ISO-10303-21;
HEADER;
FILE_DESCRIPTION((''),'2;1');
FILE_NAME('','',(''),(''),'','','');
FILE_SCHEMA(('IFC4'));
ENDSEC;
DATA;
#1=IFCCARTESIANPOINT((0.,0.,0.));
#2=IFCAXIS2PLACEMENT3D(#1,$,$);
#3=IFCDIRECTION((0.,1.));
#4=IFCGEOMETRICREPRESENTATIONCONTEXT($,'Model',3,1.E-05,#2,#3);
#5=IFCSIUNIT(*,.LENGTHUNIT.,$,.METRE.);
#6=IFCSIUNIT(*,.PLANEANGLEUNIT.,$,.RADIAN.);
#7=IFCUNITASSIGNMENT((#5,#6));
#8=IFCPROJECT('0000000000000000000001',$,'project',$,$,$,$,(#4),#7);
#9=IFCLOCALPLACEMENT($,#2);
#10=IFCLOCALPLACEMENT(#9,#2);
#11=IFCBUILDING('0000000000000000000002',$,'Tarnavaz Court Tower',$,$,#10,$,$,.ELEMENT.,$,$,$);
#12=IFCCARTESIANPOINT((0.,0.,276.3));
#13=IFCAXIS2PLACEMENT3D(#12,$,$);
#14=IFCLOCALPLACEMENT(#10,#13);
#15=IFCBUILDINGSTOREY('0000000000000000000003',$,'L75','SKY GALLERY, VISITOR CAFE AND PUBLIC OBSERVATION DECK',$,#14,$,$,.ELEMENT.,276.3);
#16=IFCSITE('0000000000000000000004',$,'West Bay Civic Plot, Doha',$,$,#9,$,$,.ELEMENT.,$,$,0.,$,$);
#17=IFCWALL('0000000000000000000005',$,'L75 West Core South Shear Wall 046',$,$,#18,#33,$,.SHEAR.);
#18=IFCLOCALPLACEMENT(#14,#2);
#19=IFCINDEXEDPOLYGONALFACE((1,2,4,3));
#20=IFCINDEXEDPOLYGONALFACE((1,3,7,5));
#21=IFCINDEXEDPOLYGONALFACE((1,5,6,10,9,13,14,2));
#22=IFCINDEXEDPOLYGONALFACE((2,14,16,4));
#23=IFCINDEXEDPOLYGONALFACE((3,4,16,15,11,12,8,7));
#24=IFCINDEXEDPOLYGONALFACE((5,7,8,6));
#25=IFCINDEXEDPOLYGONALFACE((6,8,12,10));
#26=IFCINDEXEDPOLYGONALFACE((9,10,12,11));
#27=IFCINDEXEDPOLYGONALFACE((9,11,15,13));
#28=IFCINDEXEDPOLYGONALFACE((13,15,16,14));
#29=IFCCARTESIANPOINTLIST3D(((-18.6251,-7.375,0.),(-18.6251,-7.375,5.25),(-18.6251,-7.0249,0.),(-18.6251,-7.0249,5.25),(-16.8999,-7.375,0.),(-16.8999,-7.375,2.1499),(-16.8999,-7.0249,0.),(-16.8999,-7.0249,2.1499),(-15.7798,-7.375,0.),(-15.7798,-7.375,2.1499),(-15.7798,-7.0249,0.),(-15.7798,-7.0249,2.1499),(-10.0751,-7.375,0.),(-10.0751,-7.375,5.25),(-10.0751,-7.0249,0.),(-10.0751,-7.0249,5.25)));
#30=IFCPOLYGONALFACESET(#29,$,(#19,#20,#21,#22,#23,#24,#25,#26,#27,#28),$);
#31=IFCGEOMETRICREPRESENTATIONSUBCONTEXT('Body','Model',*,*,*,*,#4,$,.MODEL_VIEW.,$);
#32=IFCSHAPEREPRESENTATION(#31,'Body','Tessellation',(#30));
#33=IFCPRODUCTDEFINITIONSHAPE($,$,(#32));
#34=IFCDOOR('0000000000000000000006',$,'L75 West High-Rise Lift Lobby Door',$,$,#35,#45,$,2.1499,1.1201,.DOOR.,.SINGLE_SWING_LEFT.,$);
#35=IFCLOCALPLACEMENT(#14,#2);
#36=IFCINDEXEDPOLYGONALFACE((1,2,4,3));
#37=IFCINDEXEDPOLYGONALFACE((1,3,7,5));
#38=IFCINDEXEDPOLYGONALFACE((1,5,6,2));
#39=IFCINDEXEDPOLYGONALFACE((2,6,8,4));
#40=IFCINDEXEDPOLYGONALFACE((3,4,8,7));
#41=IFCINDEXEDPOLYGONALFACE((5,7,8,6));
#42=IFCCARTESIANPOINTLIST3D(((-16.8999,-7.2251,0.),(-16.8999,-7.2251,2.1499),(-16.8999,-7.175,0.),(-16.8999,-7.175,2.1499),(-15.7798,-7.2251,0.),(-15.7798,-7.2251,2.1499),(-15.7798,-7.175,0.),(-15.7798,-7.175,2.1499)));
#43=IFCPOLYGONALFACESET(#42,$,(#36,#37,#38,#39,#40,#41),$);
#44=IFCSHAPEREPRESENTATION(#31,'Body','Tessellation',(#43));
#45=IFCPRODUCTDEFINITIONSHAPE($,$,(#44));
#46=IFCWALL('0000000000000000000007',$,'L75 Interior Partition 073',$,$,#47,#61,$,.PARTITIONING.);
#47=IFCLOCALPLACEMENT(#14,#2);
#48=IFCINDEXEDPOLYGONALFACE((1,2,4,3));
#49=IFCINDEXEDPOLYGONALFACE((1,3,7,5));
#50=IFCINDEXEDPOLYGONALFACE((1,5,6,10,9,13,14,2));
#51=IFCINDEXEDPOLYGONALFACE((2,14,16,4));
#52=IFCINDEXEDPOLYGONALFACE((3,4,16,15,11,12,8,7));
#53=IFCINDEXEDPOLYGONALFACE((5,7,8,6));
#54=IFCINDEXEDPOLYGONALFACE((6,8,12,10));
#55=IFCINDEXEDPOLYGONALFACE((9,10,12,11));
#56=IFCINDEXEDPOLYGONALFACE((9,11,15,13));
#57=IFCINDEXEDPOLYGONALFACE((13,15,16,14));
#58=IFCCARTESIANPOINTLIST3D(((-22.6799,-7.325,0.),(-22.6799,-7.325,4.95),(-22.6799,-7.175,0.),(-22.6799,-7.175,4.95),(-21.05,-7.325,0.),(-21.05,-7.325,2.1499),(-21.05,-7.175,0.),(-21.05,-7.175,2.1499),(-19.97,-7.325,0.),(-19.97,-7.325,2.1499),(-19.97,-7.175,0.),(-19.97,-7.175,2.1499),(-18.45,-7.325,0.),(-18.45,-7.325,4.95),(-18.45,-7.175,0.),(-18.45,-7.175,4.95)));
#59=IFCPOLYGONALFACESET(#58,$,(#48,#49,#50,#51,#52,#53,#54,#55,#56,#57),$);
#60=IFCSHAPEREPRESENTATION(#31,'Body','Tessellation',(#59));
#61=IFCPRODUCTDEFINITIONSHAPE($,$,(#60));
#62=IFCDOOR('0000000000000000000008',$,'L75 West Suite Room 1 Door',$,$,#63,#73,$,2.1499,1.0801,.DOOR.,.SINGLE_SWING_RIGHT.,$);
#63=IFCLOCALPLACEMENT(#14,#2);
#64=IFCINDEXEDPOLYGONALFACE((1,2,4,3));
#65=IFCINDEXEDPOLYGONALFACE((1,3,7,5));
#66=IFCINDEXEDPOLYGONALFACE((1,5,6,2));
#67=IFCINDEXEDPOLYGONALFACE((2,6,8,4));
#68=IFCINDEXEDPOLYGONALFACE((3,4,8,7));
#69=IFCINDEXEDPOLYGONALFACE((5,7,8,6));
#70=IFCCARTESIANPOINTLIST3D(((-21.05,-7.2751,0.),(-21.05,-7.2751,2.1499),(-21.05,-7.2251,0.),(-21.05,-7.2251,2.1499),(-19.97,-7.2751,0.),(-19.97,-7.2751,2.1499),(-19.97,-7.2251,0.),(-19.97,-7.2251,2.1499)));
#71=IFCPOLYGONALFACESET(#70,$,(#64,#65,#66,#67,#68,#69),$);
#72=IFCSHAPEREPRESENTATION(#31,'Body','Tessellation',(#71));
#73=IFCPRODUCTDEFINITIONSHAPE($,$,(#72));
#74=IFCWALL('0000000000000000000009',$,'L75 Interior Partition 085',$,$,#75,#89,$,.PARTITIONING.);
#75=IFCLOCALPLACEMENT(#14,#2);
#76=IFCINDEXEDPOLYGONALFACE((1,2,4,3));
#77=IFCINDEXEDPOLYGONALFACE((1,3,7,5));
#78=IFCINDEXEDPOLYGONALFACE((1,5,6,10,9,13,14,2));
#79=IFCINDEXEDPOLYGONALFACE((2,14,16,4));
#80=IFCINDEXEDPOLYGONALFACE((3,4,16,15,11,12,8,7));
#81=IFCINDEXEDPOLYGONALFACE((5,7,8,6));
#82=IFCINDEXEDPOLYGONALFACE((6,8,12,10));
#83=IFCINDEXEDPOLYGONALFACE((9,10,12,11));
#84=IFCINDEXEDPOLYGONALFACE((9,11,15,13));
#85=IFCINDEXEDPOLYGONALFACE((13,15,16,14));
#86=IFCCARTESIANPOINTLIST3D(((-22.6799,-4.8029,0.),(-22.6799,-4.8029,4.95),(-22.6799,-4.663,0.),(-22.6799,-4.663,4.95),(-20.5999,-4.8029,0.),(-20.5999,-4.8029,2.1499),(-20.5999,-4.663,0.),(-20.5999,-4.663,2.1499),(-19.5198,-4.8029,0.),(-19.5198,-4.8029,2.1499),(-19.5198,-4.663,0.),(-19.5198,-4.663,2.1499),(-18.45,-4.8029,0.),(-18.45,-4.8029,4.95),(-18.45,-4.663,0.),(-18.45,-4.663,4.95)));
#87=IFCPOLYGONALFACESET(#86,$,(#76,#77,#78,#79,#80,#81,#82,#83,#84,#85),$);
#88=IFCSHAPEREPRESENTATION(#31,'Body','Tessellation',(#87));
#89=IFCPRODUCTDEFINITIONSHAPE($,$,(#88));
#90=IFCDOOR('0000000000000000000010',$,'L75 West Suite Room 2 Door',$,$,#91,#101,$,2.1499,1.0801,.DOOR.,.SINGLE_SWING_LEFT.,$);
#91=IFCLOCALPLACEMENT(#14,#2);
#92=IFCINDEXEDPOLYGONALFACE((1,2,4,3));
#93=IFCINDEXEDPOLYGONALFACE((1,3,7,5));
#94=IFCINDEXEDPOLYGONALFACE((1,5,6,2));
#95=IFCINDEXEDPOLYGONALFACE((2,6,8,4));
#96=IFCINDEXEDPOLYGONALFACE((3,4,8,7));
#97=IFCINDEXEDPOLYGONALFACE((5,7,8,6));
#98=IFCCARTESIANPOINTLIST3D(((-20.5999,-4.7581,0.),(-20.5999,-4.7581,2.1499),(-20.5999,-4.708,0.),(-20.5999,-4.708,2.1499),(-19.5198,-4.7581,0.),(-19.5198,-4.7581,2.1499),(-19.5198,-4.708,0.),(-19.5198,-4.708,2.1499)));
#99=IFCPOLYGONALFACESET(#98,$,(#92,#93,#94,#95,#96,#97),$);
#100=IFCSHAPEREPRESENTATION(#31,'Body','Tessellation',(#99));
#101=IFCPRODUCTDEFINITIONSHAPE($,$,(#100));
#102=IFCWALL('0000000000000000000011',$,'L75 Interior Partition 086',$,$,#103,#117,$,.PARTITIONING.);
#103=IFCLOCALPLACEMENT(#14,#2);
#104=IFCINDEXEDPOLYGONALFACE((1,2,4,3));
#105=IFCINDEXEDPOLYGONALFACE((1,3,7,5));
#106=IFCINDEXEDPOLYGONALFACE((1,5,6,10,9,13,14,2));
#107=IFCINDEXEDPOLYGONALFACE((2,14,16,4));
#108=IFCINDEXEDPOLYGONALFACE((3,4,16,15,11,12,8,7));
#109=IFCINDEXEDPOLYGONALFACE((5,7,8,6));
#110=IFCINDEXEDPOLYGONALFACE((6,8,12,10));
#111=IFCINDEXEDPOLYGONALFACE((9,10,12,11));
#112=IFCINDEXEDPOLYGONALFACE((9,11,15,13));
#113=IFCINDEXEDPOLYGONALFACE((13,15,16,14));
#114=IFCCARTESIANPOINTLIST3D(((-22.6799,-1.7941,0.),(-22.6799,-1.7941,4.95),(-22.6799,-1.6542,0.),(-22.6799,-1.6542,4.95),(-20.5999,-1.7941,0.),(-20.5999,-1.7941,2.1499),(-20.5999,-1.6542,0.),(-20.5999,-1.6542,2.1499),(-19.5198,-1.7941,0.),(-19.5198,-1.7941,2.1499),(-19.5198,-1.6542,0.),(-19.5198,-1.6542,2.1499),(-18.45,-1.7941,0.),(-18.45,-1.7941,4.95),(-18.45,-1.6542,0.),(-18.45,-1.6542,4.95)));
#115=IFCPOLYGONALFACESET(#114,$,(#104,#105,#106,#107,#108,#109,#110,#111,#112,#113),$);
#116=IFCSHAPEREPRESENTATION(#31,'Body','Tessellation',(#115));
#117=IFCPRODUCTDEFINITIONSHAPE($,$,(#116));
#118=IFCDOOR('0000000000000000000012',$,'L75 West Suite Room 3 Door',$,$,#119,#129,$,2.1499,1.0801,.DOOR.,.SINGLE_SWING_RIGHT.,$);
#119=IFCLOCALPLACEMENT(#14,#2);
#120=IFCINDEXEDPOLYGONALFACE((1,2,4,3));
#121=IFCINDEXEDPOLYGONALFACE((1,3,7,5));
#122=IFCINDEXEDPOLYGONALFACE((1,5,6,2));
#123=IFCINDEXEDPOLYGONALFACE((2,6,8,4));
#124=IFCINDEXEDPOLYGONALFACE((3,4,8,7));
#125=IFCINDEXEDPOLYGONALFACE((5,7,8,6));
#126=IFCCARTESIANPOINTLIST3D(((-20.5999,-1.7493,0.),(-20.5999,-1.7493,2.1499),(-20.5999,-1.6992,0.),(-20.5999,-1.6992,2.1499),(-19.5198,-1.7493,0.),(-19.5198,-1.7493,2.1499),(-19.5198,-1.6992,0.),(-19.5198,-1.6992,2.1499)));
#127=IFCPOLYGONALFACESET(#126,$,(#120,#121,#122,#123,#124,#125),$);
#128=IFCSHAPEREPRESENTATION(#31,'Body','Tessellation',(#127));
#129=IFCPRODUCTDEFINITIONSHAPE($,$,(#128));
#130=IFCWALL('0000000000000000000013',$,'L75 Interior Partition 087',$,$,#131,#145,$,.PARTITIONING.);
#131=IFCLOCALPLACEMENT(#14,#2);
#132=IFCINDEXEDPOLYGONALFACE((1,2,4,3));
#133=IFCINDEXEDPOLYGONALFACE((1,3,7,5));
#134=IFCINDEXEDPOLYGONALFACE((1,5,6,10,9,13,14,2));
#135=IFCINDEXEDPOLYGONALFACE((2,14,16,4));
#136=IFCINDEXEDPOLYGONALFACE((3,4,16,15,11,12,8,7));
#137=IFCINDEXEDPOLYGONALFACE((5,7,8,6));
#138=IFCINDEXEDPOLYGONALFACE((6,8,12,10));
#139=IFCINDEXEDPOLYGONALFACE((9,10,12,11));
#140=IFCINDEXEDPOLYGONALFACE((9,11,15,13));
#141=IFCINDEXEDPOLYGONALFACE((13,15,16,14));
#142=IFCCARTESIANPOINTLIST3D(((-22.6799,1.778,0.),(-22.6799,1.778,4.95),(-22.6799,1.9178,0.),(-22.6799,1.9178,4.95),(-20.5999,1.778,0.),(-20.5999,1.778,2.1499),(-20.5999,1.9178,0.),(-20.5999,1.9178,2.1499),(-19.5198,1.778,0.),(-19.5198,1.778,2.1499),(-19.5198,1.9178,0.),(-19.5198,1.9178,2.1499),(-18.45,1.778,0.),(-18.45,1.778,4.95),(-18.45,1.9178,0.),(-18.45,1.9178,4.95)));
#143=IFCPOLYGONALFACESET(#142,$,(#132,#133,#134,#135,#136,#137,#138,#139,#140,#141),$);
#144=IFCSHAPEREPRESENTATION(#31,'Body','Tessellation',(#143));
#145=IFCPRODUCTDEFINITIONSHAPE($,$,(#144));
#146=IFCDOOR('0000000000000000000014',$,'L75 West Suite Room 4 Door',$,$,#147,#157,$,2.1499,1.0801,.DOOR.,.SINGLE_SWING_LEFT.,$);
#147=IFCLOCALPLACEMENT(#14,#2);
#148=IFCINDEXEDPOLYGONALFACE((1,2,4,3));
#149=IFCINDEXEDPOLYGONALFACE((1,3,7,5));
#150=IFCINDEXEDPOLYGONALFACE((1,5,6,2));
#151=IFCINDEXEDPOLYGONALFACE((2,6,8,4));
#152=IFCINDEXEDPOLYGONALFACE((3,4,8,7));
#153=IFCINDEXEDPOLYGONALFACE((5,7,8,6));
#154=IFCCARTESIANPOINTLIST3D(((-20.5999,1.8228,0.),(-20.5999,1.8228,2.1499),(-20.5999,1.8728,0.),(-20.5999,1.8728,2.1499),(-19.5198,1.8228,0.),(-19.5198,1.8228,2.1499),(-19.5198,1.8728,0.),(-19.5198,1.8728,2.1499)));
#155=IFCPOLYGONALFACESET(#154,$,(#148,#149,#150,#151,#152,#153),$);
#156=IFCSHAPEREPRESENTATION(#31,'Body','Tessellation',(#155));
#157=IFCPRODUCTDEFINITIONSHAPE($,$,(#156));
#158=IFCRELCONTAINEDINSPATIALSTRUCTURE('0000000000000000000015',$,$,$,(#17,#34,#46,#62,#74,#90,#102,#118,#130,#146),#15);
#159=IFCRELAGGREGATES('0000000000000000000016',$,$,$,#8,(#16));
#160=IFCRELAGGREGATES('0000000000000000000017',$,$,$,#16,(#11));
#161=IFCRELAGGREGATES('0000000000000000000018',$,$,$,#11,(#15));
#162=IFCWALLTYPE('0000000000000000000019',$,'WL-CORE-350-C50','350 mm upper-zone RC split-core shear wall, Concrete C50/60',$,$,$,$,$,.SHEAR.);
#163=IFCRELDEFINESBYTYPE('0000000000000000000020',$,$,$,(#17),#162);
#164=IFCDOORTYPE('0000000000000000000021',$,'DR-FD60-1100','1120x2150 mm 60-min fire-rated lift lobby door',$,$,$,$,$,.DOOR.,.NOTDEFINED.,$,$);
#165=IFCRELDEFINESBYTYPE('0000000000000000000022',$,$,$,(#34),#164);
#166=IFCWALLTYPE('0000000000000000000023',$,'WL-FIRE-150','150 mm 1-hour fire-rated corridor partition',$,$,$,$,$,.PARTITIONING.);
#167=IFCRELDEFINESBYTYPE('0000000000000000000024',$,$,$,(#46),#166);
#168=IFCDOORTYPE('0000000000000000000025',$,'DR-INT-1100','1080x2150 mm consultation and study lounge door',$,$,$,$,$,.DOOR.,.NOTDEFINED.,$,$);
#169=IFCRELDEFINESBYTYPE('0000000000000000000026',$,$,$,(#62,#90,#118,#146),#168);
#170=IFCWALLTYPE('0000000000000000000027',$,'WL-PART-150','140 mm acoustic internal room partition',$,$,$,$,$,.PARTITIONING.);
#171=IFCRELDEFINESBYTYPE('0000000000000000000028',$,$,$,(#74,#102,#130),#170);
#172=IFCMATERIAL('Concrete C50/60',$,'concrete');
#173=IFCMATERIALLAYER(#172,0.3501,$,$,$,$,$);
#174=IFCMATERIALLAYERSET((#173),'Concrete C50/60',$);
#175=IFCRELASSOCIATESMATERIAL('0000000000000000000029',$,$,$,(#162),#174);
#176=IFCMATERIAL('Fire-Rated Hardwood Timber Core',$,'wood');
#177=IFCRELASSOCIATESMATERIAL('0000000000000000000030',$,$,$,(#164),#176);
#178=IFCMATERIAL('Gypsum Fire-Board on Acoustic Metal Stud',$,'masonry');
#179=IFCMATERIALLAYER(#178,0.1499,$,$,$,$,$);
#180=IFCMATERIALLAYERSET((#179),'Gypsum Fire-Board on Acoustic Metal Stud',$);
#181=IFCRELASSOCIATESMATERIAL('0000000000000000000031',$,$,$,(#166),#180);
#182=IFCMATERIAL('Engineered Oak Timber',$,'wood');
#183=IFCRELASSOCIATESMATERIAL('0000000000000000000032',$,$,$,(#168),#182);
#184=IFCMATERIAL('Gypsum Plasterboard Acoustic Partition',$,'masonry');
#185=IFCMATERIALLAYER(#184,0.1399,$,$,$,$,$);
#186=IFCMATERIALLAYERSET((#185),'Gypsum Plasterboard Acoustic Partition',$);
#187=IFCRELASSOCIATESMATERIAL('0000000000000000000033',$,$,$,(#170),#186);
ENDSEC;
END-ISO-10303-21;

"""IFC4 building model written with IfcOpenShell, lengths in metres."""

from ifc_helpers import new_model, si_unit, direction, frame, frame_2d, origin, place, context, subcontext, project, spatial, rectangle, extrude, material, layer, layer_set, type_object, element, fill, save


model = new_model("IFC4")

# Units and contexts
model_context = context("Model", 3, precision=1e-05, world=origin(), true_north=direction((0.0, 1.0)))
body_context = subcontext(model_context, "Body", "Model", "MODEL_VIEW")
ifc_project = project(units=[si_unit("LENGTHUNIT", "METRE"), si_unit("PLANEANGLEUNIT", "RADIAN")], contexts=[model_context])

# Site, building, storey
site_placement = place(None, origin())
site = spatial("IfcSite", under=ifc_project, at=site_placement, Name="West Bay Civic Plot, Doha", CompositionType="ELEMENT", RefElevation=0.0)
building_placement = place(site_placement, origin())
building = spatial("IfcBuilding", under=site, at=building_placement, Name="Tarnavaz Court Tower", CompositionType="ELEMENT")
storey_placement = place(building_placement, frame((0.0, 0.0, 276.3)))
storey = spatial("IfcBuildingStorey", under=building, at=storey_placement, Name="L75", Description="SKY GALLERY, VISITOR CAFE AND PUBLIC OBSERVATION DECK", CompositionType="ELEMENT", Elevation=276.3)

# Shared definitions
ifc_material_1 = material(Name="Concrete C50/60", Category="concrete")

# Walls, openings, doors
ifc_layer_1 = layer(ifc_material_1, 0.3501)
ifc_layer_set_1 = layer_set([ifc_layer_1], Name="Concrete C50/60")
wall_type_1 = type_object("IfcWallType", Name="WL-CORE-350-C50", Description="350 mm upper-zone RC split-core shear wall, Concrete C50/60", PredefinedType="SHEAR", material=ifc_layer_set_1)
wall_1_placement = place(storey_placement, frame((-18.625, -7.2, 0.0), z_axis=(0.0, 0.0, 1.0), x_axis=(1.0, 0.0, 0.0)))
wall_1 = element("IfcWall", 1, at=wall_1_placement, inside=storey, type_object=wall_type_1, Name="L75 West Core South Shear Wall 046", PredefinedType="SHEAR", context=body_context, shape_type="SweptSolid", body=[
    extrude(rectangle(XDim=8.55, YDim=0.3501, at=frame_2d((4.2749, 0.0))), origin(), (0.0, 0.0, 1.0), 5.25),
])
opening_1_placement = place(wall_1_placement, frame((1.7251, 0.0, 0.0)))
opening_1 = element("IfcOpeningElement", 2, at=opening_1_placement, cuts=wall_1, PredefinedType="OPENING", context=body_context, shape_type="SweptSolid", body=[
    extrude(rectangle(XDim=1.1201, YDim=2.1499, at=frame_2d((0.5601, 1.075))), frame((0.0, 0.1851, 0.0), z_axis=(0.0, -1.0, 0.0), x_axis=(1.0, 0.0, 0.0)), (0.0, 0.0, 1.0), 0.3701),
])
ifc_material_2 = material(Name="Fire-Rated Hardwood Timber Core", Category="wood")
door_type_1 = type_object("IfcDoorType", Name="DR-FD60-1100", Description="1120x2150 mm 60-min fire-rated lift lobby door", OperationType="NOTDEFINED", PredefinedType="DOOR", material=ifc_material_2)
door_1_placement = place(opening_1_placement, origin())
door_1 = element("IfcDoor", 3, at=door_1_placement, inside=storey, type_object=door_type_1, Name="L75 West High-Rise Lift Lobby Door", OperationType="SINGLE_SWING_LEFT", OverallHeight=2.1499, OverallWidth=1.1201, PredefinedType="DOOR", context=body_context, shape_type="SweptSolid", body=[
    extrude(rectangle(XDim=1.1201, YDim=2.1499, at=frame_2d((0.5601, 1.075))), frame((0.0, 0.0249, 0.0), z_axis=(0.0, -1.0, 0.0), x_axis=(1.0, 0.0, 0.0)), (0.0, 0.0, 1.0), 0.05),
])
fill(opening_1, door_1)
ifc_material_3 = material(Name="Gypsum Fire-Board on Acoustic Metal Stud", Category="masonry")
ifc_layer_2 = layer(ifc_material_3, 0.1499)
ifc_layer_set_2 = layer_set([ifc_layer_2], Name="Gypsum Fire-Board on Acoustic Metal Stud")
wall_type_2 = type_object("IfcWallType", Name="WL-FIRE-150", Description="150 mm 1-hour fire-rated corridor partition", PredefinedType="PARTITIONING", material=ifc_layer_set_2)
wall_2_placement = place(storey_placement, frame((-22.6799, -7.25, 0.0), z_axis=(0.0, 0.0, 1.0), x_axis=(1.0, 0.0, 0.0)))
wall_2 = element("IfcWall", 4, at=wall_2_placement, inside=storey, type_object=wall_type_2, Name="L75 Interior Partition 073", PredefinedType="PARTITIONING", context=body_context, shape_type="SweptSolid", body=[
    extrude(rectangle(XDim=4.23, YDim=0.1499, at=frame_2d((2.115, 0.0))), origin(), (0.0, 0.0, 1.0), 4.95),
])
opening_2_placement = place(wall_2_placement, frame((1.6299, 0.0, 0.0)))
opening_2 = element("IfcOpeningElement", 5, at=opening_2_placement, cuts=wall_2, PredefinedType="OPENING", context=body_context, shape_type="SweptSolid", body=[
    extrude(rectangle(XDim=1.0801, YDim=2.1499, at=frame_2d((0.54, 1.075))), frame((0.0, 0.085, 0.0), z_axis=(0.0, -1.0, 0.0), x_axis=(1.0, 0.0, 0.0)), (0.0, 0.0, 1.0), 0.1699),
])
ifc_material_4 = material(Name="Engineered Oak Timber", Category="wood")
door_type_2 = type_object("IfcDoorType", Name="DR-INT-1100", Description="1080x2150 mm consultation and study lounge door", OperationType="NOTDEFINED", PredefinedType="DOOR", material=ifc_material_4)
door_2_placement = place(opening_2_placement, origin())
door_2 = element("IfcDoor", 6, at=door_2_placement, inside=storey, type_object=door_type_2, Name="L75 West Suite Room 1 Door", OperationType="SINGLE_SWING_RIGHT", OverallHeight=2.1499, OverallWidth=1.0801, PredefinedType="DOOR", context=body_context, shape_type="SweptSolid", body=[
    extrude(rectangle(XDim=1.0801, YDim=2.1499, at=frame_2d((0.54, 1.075))), frame((0.0, 0.0249, 0.0), z_axis=(0.0, -1.0, 0.0), x_axis=(1.0, 0.0, 0.0)), (0.0, 0.0, 1.0), 0.05),
])
fill(opening_2, door_2)
ifc_material_5 = material(Name="Gypsum Plasterboard Acoustic Partition", Category="masonry")
ifc_layer_3 = layer(ifc_material_5, 0.1399)
ifc_layer_set_3 = layer_set([ifc_layer_3], Name="Gypsum Plasterboard Acoustic Partition")
wall_type_3 = type_object("IfcWallType", Name="WL-PART-150", Description="140 mm acoustic internal room partition", PredefinedType="PARTITIONING", material=ifc_layer_set_3)
wall_3_placement = place(storey_placement, frame((-22.6799, -4.7329, 0.0), z_axis=(0.0, 0.0, 1.0), x_axis=(1.0, 0.0, 0.0)))
wall_3 = element("IfcWall", 7, at=wall_3_placement, inside=storey, type_object=wall_type_3, Name="L75 Interior Partition 085", PredefinedType="PARTITIONING", context=body_context, shape_type="SweptSolid", body=[
    extrude(rectangle(XDim=4.23, YDim=0.1399, at=frame_2d((2.115, 0.0))), origin(), (0.0, 0.0, 1.0), 4.95),
])
opening_3_placement = place(wall_3_placement, frame((2.0801, 0.0, 0.0)))
opening_3 = element("IfcOpeningElement", 8, at=opening_3_placement, cuts=wall_3, PredefinedType="OPENING", context=body_context, shape_type="SweptSolid", body=[
    extrude(rectangle(XDim=1.0801, YDim=2.1499, at=frame_2d((0.54, 1.075))), frame((0.0, 0.0798, 0.0), z_axis=(0.0, -1.0, 0.0), x_axis=(1.0, 0.0, 0.0)), (0.0, 0.0, 1.0), 0.1599),
])
door_3_placement = place(opening_3_placement, origin())
door_3 = element("IfcDoor", 9, at=door_3_placement, inside=storey, type_object=door_type_2, Name="L75 West Suite Room 2 Door", OperationType="SINGLE_SWING_LEFT", OverallHeight=2.1499, OverallWidth=1.0801, PredefinedType="DOOR", context=body_context, shape_type="SweptSolid", body=[
    extrude(rectangle(XDim=1.0801, YDim=2.1499, at=frame_2d((0.54, 1.075))), frame((0.0, 0.0249, 0.0), z_axis=(0.0, -1.0, 0.0), x_axis=(1.0, 0.0, 0.0)), (0.0, 0.0, 1.0), 0.05),
])
fill(opening_3, door_3)
wall_4_placement = place(storey_placement, frame((-22.6799, -1.7241, 0.0), z_axis=(0.0, 0.0, 1.0), x_axis=(1.0, 0.0, 0.0)))
wall_4 = element("IfcWall", 10, at=wall_4_placement, inside=storey, type_object=wall_type_3, Name="L75 Interior Partition 086", PredefinedType="PARTITIONING", context=body_context, shape_type="SweptSolid", body=[
    extrude(rectangle(XDim=4.23, YDim=0.1399, at=frame_2d((2.115, 0.0))), origin(), (0.0, 0.0, 1.0), 4.95),
])
opening_4_placement = place(wall_4_placement, frame((2.0801, 0.0, 0.0)))
opening_4 = element("IfcOpeningElement", 11, at=opening_4_placement, cuts=wall_4, PredefinedType="OPENING", context=body_context, shape_type="SweptSolid", body=[
    extrude(rectangle(XDim=1.0801, YDim=2.1499, at=frame_2d((0.54, 1.075))), frame((0.0, 0.0798, 0.0), z_axis=(0.0, -1.0, 0.0), x_axis=(1.0, 0.0, 0.0)), (0.0, 0.0, 1.0), 0.1599),
])
door_4_placement = place(opening_4_placement, origin())
door_4 = element("IfcDoor", 12, at=door_4_placement, inside=storey, type_object=door_type_2, Name="L75 West Suite Room 3 Door", OperationType="SINGLE_SWING_RIGHT", OverallHeight=2.1499, OverallWidth=1.0801, PredefinedType="DOOR", context=body_context, shape_type="SweptSolid", body=[
    extrude(rectangle(XDim=1.0801, YDim=2.1499, at=frame_2d((0.54, 1.075))), frame((0.0, 0.0249, 0.0), z_axis=(0.0, -1.0, 0.0), x_axis=(1.0, 0.0, 0.0)), (0.0, 0.0, 1.0), 0.05),
])
fill(opening_4, door_4)
wall_5_placement = place(storey_placement, frame((-22.6799, 1.8479, 0.0), z_axis=(0.0, 0.0, 1.0), x_axis=(1.0, 0.0, 0.0)))
wall_5 = element("IfcWall", 13, at=wall_5_placement, inside=storey, type_object=wall_type_3, Name="L75 Interior Partition 087", PredefinedType="PARTITIONING", context=body_context, shape_type="SweptSolid", body=[
    extrude(rectangle(XDim=4.23, YDim=0.1399, at=frame_2d((2.115, 0.0))), origin(), (0.0, 0.0, 1.0), 4.95),
])
opening_5_placement = place(wall_5_placement, frame((2.0801, 0.0, 0.0)))
opening_5 = element("IfcOpeningElement", 14, at=opening_5_placement, cuts=wall_5, PredefinedType="OPENING", context=body_context, shape_type="SweptSolid", body=[
    extrude(rectangle(XDim=1.0801, YDim=2.1499, at=frame_2d((0.54, 1.075))), frame((0.0, 0.0798, 0.0), z_axis=(0.0, -1.0, 0.0), x_axis=(1.0, 0.0, 0.0)), (0.0, 0.0, 1.0), 0.1599),
])
door_5_placement = place(opening_5_placement, origin())
door_5 = element("IfcDoor", 15, at=door_5_placement, inside=storey, type_object=door_type_2, Name="L75 West Suite Room 4 Door", OperationType="SINGLE_SWING_LEFT", OverallHeight=2.1499, OverallWidth=1.0801, PredefinedType="DOOR", context=body_context, shape_type="SweptSolid", body=[
    extrude(rectangle(XDim=1.0801, YDim=2.1499, at=frame_2d((0.54, 1.075))), frame((0.0, 0.0249, 0.0), z_axis=(0.0, -1.0, 0.0), x_axis=(1.0, 0.0, 0.0)), (0.0, 0.0, 1.0), 0.05),
])
fill(opening_5, door_5)

save(model, "model.ifc")
